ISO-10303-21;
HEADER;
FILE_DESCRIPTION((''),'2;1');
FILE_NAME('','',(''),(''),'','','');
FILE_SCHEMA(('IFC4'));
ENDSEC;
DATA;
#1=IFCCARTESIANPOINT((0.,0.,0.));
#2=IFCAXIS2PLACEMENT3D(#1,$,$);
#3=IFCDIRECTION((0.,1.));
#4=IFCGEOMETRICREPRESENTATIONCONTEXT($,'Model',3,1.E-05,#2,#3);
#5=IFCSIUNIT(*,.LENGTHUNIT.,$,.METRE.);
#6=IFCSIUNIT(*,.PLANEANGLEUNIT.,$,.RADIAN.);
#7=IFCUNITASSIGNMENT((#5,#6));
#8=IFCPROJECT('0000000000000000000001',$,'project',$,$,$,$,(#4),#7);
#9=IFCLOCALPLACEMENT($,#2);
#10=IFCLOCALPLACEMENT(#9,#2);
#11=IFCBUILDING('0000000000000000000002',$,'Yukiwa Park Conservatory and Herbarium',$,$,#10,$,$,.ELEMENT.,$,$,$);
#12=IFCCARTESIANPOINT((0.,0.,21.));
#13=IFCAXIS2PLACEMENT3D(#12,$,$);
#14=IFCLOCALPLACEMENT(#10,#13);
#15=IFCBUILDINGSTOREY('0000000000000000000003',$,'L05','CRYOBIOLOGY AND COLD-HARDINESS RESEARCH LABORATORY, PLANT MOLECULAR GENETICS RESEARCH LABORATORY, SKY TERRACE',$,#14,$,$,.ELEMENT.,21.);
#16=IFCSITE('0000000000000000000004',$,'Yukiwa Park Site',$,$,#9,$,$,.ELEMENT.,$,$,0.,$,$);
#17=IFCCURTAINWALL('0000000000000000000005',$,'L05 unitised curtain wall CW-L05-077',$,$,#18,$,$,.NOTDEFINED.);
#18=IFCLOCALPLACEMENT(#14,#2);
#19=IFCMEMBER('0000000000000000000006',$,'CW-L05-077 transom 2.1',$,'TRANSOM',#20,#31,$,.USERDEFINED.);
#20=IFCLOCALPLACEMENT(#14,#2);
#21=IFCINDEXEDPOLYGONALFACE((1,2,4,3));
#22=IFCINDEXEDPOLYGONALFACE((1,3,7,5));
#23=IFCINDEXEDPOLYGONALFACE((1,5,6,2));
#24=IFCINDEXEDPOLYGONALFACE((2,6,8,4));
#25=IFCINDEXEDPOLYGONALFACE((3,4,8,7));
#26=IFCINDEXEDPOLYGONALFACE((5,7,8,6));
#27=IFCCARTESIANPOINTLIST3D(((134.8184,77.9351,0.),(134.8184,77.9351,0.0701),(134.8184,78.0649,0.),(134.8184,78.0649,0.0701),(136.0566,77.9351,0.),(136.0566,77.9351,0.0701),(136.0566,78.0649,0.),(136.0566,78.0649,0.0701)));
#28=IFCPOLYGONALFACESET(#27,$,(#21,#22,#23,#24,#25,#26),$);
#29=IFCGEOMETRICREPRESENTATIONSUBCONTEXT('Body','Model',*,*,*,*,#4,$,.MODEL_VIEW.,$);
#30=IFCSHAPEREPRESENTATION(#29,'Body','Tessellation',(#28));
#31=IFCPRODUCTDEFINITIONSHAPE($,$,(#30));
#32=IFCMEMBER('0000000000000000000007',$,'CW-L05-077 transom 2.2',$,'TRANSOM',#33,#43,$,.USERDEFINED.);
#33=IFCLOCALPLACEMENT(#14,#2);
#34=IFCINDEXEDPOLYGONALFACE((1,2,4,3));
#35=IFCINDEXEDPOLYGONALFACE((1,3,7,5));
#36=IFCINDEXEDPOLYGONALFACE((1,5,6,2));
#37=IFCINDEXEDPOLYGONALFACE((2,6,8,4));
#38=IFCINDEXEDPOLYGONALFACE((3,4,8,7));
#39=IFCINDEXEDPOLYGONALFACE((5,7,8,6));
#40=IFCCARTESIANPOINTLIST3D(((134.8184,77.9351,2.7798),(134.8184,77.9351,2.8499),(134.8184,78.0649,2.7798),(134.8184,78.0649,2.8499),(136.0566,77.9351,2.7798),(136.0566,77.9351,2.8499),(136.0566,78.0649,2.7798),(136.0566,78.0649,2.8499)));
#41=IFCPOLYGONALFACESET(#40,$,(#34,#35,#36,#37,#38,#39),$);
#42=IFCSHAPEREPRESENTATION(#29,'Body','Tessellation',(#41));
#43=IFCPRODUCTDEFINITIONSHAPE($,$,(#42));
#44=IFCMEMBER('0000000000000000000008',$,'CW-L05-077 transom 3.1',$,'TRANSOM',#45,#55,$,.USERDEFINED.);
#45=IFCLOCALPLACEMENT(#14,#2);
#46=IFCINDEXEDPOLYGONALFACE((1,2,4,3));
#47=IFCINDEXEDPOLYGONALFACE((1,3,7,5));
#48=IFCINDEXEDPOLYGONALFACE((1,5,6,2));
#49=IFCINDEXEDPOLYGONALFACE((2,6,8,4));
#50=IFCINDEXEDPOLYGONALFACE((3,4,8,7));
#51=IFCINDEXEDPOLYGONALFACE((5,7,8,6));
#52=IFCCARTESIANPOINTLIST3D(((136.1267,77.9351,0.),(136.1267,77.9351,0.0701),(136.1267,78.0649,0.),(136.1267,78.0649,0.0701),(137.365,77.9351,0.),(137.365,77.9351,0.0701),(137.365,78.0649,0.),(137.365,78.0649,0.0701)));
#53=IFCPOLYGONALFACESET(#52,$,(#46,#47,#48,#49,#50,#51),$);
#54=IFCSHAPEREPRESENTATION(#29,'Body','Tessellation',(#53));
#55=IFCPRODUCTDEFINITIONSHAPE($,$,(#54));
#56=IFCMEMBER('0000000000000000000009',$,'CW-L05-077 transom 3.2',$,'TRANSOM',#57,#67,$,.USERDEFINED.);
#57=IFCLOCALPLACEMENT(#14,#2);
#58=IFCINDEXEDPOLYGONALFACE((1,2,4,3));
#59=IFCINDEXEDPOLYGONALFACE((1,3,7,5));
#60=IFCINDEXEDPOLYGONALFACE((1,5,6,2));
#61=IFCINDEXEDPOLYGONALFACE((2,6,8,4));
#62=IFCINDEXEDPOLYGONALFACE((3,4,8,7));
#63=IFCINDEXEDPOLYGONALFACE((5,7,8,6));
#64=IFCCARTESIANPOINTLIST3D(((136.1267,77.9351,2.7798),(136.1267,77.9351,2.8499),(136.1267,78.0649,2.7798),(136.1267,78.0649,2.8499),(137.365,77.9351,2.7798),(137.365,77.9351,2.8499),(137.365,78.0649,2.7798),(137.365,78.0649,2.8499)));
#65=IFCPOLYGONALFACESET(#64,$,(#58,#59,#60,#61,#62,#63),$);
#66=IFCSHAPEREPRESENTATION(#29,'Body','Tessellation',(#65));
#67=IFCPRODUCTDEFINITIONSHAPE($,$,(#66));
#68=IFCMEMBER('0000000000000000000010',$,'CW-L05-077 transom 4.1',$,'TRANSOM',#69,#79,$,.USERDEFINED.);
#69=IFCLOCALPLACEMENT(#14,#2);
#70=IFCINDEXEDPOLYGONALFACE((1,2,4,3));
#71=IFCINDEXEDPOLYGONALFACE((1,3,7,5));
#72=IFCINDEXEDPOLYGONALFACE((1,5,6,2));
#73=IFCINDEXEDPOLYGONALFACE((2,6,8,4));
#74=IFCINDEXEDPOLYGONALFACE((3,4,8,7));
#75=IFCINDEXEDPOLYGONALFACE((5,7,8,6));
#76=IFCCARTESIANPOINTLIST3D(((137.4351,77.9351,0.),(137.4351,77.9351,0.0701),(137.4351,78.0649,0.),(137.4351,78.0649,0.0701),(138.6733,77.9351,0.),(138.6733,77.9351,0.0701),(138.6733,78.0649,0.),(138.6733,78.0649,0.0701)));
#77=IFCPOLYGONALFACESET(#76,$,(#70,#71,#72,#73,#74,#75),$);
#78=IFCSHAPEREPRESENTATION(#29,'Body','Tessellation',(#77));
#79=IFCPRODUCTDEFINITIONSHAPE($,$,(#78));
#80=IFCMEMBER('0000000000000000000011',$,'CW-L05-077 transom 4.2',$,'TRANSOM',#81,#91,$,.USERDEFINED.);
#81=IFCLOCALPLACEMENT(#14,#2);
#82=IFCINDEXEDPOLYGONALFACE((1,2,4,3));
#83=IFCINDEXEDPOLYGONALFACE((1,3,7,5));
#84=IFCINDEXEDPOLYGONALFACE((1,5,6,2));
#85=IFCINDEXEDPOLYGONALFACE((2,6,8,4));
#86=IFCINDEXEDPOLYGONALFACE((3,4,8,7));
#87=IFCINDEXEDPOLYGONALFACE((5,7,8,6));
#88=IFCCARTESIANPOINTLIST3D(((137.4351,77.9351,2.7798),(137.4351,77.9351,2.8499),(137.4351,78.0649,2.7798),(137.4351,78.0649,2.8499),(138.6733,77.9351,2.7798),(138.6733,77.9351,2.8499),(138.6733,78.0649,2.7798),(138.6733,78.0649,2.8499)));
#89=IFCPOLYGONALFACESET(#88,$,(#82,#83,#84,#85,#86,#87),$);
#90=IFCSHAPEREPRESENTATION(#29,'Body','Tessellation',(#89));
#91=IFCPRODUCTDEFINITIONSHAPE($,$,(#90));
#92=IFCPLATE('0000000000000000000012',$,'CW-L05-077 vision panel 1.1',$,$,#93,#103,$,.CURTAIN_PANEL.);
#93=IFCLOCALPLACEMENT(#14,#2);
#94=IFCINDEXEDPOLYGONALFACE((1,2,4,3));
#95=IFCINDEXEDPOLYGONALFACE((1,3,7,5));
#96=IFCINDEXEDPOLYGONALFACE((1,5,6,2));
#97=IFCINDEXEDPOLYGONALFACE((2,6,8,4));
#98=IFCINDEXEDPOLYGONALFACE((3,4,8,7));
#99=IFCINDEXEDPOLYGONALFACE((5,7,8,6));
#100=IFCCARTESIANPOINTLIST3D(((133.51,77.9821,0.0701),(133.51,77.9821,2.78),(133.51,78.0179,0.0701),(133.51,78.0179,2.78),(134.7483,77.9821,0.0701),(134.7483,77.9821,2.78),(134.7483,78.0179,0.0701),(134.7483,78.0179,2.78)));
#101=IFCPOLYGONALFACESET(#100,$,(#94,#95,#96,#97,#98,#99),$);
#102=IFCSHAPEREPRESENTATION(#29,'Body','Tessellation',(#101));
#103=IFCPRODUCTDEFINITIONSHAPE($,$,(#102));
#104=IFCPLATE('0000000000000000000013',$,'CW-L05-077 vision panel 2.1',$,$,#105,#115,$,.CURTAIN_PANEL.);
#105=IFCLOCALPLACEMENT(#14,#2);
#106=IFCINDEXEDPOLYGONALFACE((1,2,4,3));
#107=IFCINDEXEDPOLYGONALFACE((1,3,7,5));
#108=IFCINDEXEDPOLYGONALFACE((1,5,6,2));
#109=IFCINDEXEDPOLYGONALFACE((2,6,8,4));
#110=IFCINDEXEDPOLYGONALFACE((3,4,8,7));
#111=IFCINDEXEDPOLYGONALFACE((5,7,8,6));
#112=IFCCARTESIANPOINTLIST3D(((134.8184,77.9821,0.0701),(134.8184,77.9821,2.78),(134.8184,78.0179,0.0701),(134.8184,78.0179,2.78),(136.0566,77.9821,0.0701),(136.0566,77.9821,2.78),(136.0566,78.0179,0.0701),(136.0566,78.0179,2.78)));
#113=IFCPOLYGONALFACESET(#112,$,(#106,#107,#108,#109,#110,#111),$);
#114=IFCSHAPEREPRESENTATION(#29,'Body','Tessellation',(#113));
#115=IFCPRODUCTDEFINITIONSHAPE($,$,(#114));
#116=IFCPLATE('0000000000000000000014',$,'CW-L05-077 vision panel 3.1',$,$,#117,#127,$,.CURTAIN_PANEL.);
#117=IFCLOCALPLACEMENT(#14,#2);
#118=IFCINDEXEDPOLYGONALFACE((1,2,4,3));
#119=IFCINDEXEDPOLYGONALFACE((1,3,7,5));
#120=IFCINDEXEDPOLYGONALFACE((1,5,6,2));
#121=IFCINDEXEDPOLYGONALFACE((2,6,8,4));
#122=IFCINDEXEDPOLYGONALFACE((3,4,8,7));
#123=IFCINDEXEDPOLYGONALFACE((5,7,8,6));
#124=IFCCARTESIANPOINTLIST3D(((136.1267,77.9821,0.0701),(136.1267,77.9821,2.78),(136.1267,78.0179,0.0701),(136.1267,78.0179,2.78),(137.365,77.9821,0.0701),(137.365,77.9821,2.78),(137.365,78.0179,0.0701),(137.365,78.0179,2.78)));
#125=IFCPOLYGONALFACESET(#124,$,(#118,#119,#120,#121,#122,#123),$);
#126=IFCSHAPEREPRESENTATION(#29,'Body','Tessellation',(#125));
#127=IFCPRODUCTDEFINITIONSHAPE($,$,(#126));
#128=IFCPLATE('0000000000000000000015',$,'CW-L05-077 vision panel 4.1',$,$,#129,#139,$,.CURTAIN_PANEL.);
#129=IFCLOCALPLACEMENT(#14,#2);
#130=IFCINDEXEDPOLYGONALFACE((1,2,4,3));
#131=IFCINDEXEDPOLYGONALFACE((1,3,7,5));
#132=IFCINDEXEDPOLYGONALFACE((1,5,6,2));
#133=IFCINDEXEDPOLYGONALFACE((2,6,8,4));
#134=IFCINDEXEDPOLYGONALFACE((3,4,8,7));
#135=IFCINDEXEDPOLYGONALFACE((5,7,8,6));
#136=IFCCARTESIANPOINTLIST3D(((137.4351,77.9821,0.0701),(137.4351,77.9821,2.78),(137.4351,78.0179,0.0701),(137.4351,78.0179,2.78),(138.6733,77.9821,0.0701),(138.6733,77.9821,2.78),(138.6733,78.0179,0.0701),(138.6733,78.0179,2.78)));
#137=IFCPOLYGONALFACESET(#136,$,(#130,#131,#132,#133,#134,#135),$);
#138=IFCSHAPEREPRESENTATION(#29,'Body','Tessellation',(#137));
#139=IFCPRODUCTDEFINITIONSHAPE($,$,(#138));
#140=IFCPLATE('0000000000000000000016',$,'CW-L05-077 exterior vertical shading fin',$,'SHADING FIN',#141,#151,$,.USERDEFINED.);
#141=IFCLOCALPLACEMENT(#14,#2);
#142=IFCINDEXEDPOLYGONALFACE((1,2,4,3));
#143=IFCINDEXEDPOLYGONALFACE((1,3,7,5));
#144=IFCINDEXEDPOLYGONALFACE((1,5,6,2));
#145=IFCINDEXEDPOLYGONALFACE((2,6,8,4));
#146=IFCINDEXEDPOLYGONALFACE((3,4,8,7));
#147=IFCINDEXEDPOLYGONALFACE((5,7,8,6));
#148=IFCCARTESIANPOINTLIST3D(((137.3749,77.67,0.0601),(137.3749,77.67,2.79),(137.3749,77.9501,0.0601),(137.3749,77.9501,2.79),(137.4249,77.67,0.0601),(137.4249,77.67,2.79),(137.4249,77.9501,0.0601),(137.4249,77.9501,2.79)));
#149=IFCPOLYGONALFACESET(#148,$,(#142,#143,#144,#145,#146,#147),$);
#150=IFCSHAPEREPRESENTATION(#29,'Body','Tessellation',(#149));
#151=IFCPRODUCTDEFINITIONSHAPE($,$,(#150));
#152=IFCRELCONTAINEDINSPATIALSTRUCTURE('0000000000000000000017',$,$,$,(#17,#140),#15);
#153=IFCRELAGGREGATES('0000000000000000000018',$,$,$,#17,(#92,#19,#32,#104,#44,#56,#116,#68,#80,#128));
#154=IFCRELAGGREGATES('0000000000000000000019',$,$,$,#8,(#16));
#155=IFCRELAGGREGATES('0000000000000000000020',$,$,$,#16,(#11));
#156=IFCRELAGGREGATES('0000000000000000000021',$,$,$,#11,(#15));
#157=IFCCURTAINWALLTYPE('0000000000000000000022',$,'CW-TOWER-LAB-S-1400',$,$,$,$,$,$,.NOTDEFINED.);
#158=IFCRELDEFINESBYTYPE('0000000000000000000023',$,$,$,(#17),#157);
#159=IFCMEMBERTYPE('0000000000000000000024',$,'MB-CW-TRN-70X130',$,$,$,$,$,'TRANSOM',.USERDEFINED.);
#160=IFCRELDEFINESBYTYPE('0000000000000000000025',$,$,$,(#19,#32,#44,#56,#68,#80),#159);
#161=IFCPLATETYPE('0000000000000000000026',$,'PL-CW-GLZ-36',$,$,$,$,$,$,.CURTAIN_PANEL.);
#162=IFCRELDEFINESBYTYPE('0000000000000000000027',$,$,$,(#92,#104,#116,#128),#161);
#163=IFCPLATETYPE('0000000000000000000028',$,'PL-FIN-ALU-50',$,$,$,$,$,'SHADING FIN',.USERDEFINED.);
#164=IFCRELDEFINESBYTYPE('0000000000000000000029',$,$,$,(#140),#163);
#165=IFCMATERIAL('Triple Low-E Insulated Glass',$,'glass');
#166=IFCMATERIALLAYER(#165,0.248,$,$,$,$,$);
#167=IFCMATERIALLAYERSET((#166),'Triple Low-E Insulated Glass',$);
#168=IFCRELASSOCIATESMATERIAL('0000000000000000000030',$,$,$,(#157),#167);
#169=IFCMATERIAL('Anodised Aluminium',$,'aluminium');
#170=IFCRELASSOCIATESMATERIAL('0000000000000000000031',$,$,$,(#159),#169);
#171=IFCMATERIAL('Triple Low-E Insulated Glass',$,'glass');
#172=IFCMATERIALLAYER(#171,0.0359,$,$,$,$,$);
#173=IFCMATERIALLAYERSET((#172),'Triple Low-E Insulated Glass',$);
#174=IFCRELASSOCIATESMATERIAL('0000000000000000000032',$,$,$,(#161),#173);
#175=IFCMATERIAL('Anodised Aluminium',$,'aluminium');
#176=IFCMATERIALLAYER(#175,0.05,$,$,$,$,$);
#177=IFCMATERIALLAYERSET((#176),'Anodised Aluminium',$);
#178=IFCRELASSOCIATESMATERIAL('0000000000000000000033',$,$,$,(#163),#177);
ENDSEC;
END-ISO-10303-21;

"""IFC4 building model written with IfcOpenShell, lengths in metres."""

from ifc_helpers import new_model, si_unit, direction, frame, origin, origin_2d, place, context, subcontext, project, spatial, rectangle, extrude, material, layer, layer_set, type_object, element, aggregate, save


model = new_model("IFC4")

# Units and contexts
model_context = context("Model", 3, precision=1e-05, world=origin(), true_north=direction((0.0, 1.0)))
body_context = subcontext(model_context, "Body", "Model", "MODEL_VIEW")
ifc_project = project(units=[si_unit("LENGTHUNIT", "METRE"), si_unit("PLANEANGLEUNIT", "RADIAN")], contexts=[model_context])

# Site, building, storey
site_placement = place(None, origin())
site = spatial("IfcSite", under=ifc_project, at=site_placement, Name="Yukiwa Park Site", CompositionType="ELEMENT", RefElevation=0.0)
building_placement = place(site_placement, origin())
building = spatial("IfcBuilding", under=site, at=building_placement, Name="Yukiwa Park Conservatory and Herbarium", CompositionType="ELEMENT")
storey_placement = place(building_placement, frame((0.0, 0.0, 21.0)))
storey = spatial("IfcBuildingStorey", under=building, at=storey_placement, Name="L05", Description="CRYOBIOLOGY AND COLD-HARDINESS RESEARCH LABORATORY, PLANT MOLECULAR GENETICS RESEARCH LABORATORY, SKY TERRACE", CompositionType="ELEMENT", Elevation=21.0)

# Curtain wall, members, plates
ifc_material_1 = material(Name="Triple Low-E Insulated Glass", Category="glass")
ifc_layer_1 = layer(ifc_material_1, 0.248)
ifc_layer_set_1 = layer_set([ifc_layer_1], Name="Triple Low-E Insulated Glass")
curtain_wall_type = type_object("IfcCurtainWallType", Name="CW-TOWER-LAB-S-1400", PredefinedType="NOTDEFINED", material=ifc_layer_set_1)
curtain_wall_placement = place(storey_placement, origin())
curtain_wall = element("IfcCurtainWall", 1, at=curtain_wall_placement, inside=storey, type_object=curtain_wall_type, Name="L05 unitised curtain wall CW-L05-077", PredefinedType="NOTDEFINED")
ifc_material_2 = material(Name="Anodised Aluminium", Category="aluminium")
member_type_1 = type_object("IfcMemberType", Name="MB-CW-TRN-70X130", ElementType="TRANSOM", PredefinedType="USERDEFINED", material=ifc_material_2)
member_1_placement = place(storey_placement, frame((135.4375, 78.0, 0.0), z_axis=(0.0, 0.0, 1.0), x_axis=(1.0, 0.0, 0.0)))
member_1 = element("IfcMember", 2, at=member_1_placement, type_object=member_type_1, Name="CW-L05-077 transom 2.1", ObjectType="TRANSOM", PredefinedType="USERDEFINED", context=body_context, shape_type="SweptSolid", body=[
    extrude(rectangle(XDim=1.2383, YDim=0.1299, at=origin_2d()), origin(), (0.0, 0.0, 1.0), 0.0701),
])
member_2_placement = place(storey_placement, frame((135.4375, 78.0, 2.7798), z_axis=(0.0, 0.0, 1.0), x_axis=(1.0, 0.0, 0.0)))
member_2 = element("IfcMember", 3, at=member_2_placement, type_object=member_type_1, Name="CW-L05-077 transom 2.2", ObjectType="TRANSOM", PredefinedType="USERDEFINED", context=body_context, shape_type="SweptSolid", body=[
    extrude(rectangle(XDim=1.2383, YDim=0.1299, at=origin_2d()), origin(), (0.0, 0.0, 1.0), 0.0701),
])
member_3_placement = place(storey_placement, frame((136.7458, 78.0, 0.0), z_axis=(0.0, 0.0, 1.0), x_axis=(1.0, 0.0, 0.0)))
member_3 = element("IfcMember", 4, at=member_3_placement, type_object=member_type_1, Name="CW-L05-077 transom 3.1", ObjectType="TRANSOM", PredefinedType="USERDEFINED", context=body_context, shape_type="SweptSolid", body=[
    extrude(rectangle(XDim=1.2383, YDim=0.1299, at=origin_2d()), origin(), (0.0, 0.0, 1.0), 0.0701),
])
member_4_placement = place(storey_placement, frame((136.7458, 78.0, 2.7798), z_axis=(0.0, 0.0, 1.0), x_axis=(1.0, 0.0, 0.0)))
member_4 = element("IfcMember", 5, at=member_4_placement, type_object=member_type_1, Name="CW-L05-077 transom 3.2", ObjectType="TRANSOM", PredefinedType="USERDEFINED", context=body_context, shape_type="SweptSolid", body=[
    extrude(rectangle(XDim=1.2383, YDim=0.1299, at=origin_2d()), origin(), (0.0, 0.0, 1.0), 0.0701),
])
member_5_placement = place(storey_placement, frame((138.0542, 78.0, 0.0), z_axis=(0.0, 0.0, 1.0), x_axis=(1.0, 0.0, 0.0)))
member_5 = element("IfcMember", 6, at=member_5_placement, type_object=member_type_1, Name="CW-L05-077 transom 4.1", ObjectType="TRANSOM", PredefinedType="USERDEFINED", context=body_context, shape_type="SweptSolid", body=[
    extrude(rectangle(XDim=1.2383, YDim=0.1299, at=origin_2d()), origin(), (0.0, 0.0, 1.0), 0.0701),
])
member_6_placement = place(storey_placement, frame((138.0542, 78.0, 2.7798), z_axis=(0.0, 0.0, 1.0), x_axis=(1.0, 0.0, 0.0)))
member_6 = element("IfcMember", 7, at=member_6_placement, type_object=member_type_1, Name="CW-L05-077 transom 4.2", ObjectType="TRANSOM", PredefinedType="USERDEFINED", context=body_context, shape_type="SweptSolid", body=[
    extrude(rectangle(XDim=1.2383, YDim=0.1299, at=origin_2d()), origin(), (0.0, 0.0, 1.0), 0.0701),
])
ifc_material_3 = material(Name="Triple Low-E Insulated Glass", Category="glass")
ifc_layer_2 = layer(ifc_material_3, 0.0359)
ifc_layer_set_2 = layer_set([ifc_layer_2], Name="Triple Low-E Insulated Glass")
plate_type_1 = type_object("IfcPlateType", Name="PL-CW-GLZ-36", PredefinedType="CURTAIN_PANEL", material=ifc_layer_set_2)
plate_1_placement = place(storey_placement, frame((134.1292, 78.0, 0.0701), z_axis=(0.0, 0.0, 1.0), x_axis=(1.0, 0.0, 0.0)))
plate_1 = element("IfcPlate", 8, at=plate_1_placement, type_object=plate_type_1, Name="CW-L05-077 vision panel 1.1", PredefinedType="CURTAIN_PANEL", context=body_context, shape_type="SweptSolid", body=[
    extrude(rectangle(XDim=1.2383, YDim=0.0359, at=origin_2d()), origin(), (0.0, 0.0, 1.0), 2.71),
])
plate_2_placement = place(storey_placement, frame((135.4375, 78.0, 0.0701), z_axis=(0.0, 0.0, 1.0), x_axis=(1.0, 0.0, 0.0)))
plate_2 = element("IfcPlate", 9, at=plate_2_placement, type_object=plate_type_1, Name="CW-L05-077 vision panel 2.1", PredefinedType="CURTAIN_PANEL", context=body_context, shape_type="SweptSolid", body=[
    extrude(rectangle(XDim=1.2383, YDim=0.0359, at=origin_2d()), origin(), (0.0, 0.0, 1.0), 2.71),
])
plate_3_placement = place(storey_placement, frame((136.7458, 78.0, 0.0701), z_axis=(0.0, 0.0, 1.0), x_axis=(1.0, 0.0, 0.0)))
plate_3 = element("IfcPlate", 10, at=plate_3_placement, type_object=plate_type_1, Name="CW-L05-077 vision panel 3.1", PredefinedType="CURTAIN_PANEL", context=body_context, shape_type="SweptSolid", body=[
    extrude(rectangle(XDim=1.2383, YDim=0.0359, at=origin_2d()), origin(), (0.0, 0.0, 1.0), 2.71),
])
plate_4_placement = place(storey_placement, frame((138.0542, 78.0, 0.0701), z_axis=(0.0, 0.0, 1.0), x_axis=(1.0, 0.0, 0.0)))
plate_4 = element("IfcPlate", 11, at=plate_4_placement, type_object=plate_type_1, Name="CW-L05-077 vision panel 4.1", PredefinedType="CURTAIN_PANEL", context=body_context, shape_type="SweptSolid", body=[
    extrude(rectangle(XDim=1.2383, YDim=0.0359, at=origin_2d()), origin(), (0.0, 0.0, 1.0), 2.71),
])
aggregate(curtain_wall, [plate_1, member_1, member_2, plate_2, member_3, member_4, plate_3, member_5, member_6, plate_4])

# Plate
ifc_material_4 = material(Name="Anodised Aluminium", Category="aluminium")
ifc_layer_3 = layer(ifc_material_4, 0.05)
ifc_layer_set_3 = layer_set([ifc_layer_3], Name="Anodised Aluminium")
plate_type_2 = type_object("IfcPlateType", Name="PL-FIN-ALU-50", ElementType="SHADING FIN", PredefinedType="USERDEFINED", material=ifc_layer_set_3)
plate_5_placement = place(storey_placement, frame((137.3999, 77.8101, 0.0601), z_axis=(0.0, 0.0, 1.0), x_axis=(1.0, 0.0, 0.0)))
element("IfcPlate", 12, at=plate_5_placement, inside=storey, type_object=plate_type_2, Name="CW-L05-077 exterior vertical shading fin", ObjectType="SHADING FIN", PredefinedType="USERDEFINED", context=body_context, shape_type="SweptSolid", body=[
    extrude(rectangle(XDim=0.05, YDim=0.28, at=origin_2d()), origin(), (0.0, 0.0, 1.0), 2.73),
])

save(model, "model.ifc")
